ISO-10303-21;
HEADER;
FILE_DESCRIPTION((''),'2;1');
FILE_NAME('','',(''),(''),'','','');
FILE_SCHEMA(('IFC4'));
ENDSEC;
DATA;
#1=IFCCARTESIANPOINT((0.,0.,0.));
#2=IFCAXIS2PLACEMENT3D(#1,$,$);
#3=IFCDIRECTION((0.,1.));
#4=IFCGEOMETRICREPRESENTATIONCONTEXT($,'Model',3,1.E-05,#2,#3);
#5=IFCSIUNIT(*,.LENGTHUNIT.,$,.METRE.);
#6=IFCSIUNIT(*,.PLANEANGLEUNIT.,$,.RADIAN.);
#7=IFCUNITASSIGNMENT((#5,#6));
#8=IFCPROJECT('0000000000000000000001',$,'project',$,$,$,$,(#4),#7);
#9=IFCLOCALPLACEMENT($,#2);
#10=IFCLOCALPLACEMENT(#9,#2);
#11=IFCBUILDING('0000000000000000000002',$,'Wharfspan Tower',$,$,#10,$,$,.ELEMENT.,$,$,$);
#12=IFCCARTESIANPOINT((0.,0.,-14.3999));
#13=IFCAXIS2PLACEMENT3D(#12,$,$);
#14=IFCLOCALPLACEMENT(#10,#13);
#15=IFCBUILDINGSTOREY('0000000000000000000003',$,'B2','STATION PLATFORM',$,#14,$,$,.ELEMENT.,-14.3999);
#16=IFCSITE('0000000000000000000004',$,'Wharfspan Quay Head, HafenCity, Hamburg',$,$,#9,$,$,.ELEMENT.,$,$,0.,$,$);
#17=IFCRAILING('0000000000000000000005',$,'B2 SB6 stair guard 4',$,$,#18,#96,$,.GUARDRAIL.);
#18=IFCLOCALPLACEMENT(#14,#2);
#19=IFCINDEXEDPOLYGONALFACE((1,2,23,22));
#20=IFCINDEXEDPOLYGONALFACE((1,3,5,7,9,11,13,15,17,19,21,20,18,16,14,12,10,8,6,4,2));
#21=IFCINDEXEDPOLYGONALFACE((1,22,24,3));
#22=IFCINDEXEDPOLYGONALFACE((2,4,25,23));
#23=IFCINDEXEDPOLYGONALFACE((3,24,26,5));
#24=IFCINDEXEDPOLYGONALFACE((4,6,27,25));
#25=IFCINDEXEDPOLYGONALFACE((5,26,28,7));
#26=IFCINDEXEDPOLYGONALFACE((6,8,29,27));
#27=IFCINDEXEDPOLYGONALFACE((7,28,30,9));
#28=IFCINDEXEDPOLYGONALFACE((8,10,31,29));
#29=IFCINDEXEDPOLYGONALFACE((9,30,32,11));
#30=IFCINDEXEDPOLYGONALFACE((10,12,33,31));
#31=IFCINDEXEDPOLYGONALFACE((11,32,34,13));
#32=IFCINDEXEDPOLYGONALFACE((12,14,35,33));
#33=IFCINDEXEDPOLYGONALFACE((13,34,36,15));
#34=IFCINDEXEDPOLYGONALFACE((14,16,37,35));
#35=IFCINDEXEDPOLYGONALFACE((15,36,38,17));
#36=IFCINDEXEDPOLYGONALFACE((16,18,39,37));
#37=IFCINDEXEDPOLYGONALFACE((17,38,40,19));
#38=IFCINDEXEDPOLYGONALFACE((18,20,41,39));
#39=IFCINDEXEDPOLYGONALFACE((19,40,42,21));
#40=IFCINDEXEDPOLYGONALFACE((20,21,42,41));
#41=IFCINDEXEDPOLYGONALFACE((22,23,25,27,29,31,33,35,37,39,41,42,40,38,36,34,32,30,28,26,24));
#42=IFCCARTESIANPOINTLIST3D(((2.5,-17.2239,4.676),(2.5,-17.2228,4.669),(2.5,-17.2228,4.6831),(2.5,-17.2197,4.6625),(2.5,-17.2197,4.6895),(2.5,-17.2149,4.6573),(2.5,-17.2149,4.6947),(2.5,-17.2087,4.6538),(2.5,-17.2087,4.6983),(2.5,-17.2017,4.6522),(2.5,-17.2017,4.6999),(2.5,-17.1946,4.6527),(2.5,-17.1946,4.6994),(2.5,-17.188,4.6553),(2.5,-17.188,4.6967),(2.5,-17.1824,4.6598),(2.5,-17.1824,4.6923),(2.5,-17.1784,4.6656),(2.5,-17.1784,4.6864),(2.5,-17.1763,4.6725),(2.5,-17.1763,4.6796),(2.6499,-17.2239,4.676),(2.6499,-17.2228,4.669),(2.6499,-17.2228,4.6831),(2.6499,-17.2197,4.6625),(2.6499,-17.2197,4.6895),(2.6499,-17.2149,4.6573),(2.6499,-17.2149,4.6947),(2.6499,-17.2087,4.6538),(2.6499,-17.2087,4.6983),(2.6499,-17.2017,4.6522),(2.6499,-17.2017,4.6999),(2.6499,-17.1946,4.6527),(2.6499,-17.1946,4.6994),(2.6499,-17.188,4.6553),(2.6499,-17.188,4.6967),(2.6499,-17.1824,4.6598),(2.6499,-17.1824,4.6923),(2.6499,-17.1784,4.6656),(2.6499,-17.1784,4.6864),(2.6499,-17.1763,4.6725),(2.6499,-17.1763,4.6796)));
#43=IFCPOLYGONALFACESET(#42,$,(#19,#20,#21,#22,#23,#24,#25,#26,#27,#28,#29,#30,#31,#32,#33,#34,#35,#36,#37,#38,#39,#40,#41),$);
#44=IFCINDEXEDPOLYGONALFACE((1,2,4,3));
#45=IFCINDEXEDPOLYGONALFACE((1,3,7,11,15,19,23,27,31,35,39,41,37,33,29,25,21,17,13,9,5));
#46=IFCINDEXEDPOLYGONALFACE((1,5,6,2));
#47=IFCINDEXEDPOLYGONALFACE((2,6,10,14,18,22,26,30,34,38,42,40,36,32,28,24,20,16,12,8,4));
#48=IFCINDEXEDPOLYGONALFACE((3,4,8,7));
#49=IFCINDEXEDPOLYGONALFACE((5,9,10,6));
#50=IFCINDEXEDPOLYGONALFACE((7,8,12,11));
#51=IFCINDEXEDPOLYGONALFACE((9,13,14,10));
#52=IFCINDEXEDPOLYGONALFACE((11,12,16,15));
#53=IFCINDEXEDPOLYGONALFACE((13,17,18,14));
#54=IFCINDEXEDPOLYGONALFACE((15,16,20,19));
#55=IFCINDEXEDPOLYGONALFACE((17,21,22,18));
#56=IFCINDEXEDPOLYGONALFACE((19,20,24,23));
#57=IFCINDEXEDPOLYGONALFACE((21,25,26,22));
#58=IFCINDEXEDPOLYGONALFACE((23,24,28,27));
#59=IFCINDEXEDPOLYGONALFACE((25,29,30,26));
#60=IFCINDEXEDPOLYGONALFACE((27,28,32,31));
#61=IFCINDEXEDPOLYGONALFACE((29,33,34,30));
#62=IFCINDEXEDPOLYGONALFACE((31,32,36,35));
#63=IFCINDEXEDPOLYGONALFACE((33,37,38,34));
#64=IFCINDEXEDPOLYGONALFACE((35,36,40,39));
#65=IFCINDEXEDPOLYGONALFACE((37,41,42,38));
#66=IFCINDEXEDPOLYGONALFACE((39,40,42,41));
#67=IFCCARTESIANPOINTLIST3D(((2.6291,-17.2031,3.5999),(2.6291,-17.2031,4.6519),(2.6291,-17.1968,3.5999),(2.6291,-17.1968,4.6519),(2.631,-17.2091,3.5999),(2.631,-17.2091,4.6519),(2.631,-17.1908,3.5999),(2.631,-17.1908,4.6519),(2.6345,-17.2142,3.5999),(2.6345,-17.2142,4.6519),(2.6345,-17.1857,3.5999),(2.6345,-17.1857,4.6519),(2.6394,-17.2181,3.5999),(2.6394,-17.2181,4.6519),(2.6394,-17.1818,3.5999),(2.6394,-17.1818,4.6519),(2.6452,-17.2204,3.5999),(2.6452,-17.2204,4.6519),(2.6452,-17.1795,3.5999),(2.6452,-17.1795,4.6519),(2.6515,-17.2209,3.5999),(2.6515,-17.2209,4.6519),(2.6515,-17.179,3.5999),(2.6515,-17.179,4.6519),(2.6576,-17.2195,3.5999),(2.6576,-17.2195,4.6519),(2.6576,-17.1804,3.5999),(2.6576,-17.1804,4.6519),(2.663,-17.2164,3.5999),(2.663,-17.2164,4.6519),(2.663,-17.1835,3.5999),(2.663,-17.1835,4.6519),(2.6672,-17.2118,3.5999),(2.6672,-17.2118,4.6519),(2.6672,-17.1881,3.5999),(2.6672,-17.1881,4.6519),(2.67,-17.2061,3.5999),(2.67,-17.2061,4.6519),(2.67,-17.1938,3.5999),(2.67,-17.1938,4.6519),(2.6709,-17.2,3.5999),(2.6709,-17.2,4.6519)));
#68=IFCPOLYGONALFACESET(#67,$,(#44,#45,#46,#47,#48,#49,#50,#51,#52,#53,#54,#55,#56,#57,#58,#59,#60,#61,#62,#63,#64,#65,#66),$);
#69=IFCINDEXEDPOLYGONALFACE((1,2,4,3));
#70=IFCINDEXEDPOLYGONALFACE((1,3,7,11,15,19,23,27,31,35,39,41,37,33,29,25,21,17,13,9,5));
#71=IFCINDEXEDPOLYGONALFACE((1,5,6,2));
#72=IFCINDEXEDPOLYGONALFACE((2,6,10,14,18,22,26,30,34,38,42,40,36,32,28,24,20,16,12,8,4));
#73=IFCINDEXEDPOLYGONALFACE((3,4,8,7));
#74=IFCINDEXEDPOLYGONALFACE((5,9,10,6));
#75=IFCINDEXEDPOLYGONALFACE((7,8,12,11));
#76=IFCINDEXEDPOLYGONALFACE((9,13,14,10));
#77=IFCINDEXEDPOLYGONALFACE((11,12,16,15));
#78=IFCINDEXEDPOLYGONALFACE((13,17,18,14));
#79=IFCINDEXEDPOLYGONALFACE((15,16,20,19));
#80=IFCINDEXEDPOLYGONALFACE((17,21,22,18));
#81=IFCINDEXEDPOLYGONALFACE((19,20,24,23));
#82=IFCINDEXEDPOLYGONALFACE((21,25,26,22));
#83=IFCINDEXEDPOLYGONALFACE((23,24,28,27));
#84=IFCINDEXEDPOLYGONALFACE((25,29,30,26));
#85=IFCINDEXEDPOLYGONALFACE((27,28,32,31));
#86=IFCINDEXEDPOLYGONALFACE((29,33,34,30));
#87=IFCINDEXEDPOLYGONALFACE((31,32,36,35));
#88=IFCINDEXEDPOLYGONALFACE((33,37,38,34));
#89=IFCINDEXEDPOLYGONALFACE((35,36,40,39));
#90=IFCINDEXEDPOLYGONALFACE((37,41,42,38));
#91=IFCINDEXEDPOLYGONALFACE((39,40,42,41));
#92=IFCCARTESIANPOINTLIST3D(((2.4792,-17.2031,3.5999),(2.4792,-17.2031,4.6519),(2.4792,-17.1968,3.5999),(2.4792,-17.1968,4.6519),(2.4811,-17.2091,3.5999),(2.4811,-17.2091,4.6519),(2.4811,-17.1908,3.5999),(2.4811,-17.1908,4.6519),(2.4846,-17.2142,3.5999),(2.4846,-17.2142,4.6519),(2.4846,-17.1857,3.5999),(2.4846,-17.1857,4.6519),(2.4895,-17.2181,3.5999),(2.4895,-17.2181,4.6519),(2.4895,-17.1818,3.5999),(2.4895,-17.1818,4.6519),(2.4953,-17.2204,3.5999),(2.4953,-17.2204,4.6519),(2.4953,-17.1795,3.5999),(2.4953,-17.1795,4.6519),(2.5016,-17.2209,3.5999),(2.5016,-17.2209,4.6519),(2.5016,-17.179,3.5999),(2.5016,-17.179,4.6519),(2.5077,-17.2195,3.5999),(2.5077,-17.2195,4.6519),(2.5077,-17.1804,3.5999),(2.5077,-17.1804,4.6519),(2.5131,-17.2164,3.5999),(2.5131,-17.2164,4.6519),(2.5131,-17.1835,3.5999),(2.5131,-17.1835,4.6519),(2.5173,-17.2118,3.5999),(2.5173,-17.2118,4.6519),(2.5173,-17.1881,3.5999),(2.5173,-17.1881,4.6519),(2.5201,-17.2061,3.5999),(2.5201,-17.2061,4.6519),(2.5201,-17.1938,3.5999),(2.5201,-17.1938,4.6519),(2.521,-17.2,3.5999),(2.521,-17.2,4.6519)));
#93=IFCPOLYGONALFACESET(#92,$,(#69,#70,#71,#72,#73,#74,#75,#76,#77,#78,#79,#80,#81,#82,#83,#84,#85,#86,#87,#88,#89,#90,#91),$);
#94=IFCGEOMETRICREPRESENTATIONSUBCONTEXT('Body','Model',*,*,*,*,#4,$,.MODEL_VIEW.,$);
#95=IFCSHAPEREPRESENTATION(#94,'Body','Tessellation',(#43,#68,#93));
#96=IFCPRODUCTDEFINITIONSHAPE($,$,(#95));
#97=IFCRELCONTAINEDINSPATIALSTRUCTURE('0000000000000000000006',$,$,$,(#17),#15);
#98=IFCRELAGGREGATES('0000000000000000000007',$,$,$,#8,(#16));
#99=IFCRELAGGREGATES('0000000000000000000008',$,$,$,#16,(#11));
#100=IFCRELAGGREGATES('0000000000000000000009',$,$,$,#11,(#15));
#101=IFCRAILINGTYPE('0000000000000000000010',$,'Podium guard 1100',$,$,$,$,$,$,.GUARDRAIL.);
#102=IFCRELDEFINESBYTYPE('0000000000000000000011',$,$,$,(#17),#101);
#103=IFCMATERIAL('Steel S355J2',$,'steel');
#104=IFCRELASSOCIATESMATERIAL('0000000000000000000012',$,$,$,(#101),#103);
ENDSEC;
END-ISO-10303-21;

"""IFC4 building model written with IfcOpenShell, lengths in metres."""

from ifc_helpers import new_model, si_unit, direction, frame, origin, origin_2d, place, context, subcontext, project, spatial, circle, extrude, material, type_object, element, save


model = new_model("IFC4")

# Units and contexts
model_context = context("Model", 3, precision=1e-05, world=origin(), true_north=direction((0.0, 1.0)))
body_context = subcontext(model_context, "Body", "Model", "MODEL_VIEW")
ifc_project = project(units=[si_unit("LENGTHUNIT", "METRE"), si_unit("PLANEANGLEUNIT", "RADIAN")], contexts=[model_context])

# Site, building, storey
site_placement = place(None, origin())
site = spatial("IfcSite", under=ifc_project, at=site_placement, Name="Wharfspan Quay Head, HafenCity, Hamburg", CompositionType="ELEMENT", RefElevation=0.0)
building_placement = place(site_placement, origin())
building = spatial("IfcBuilding", under=site, at=building_placement, Name="Wharfspan Tower", CompositionType="ELEMENT")
storey_placement = place(building_placement, frame((0.0, 0.0, -14.3999)))
storey = spatial("IfcBuildingStorey", under=building, at=storey_placement, Name="B2", Description="STATION PLATFORM", CompositionType="ELEMENT", Elevation=-14.3999)

# Railing
ifc_material_1 = material(Name="Steel S355J2", Category="steel")
railing_type = type_object("IfcRailingType", Name="Podium guard 1100", PredefinedType="GUARDRAIL", material=ifc_material_1)
railing_1_placement = place(storey_placement, frame((2.6499, -17.2, 3.5999)))
element("IfcRailing", 1, at=railing_1_placement, inside=storey, type_object=railing_type, Name="B2 SB6 stair guard 4", PredefinedType="GUARDRAIL", context=body_context, shape_type="SweptSolid", body=[
    extrude(circle(Radius=0.0239, at=origin_2d()), frame((0.0, 0.0, 1.0762), z_axis=(-1.0, 0.0, 0.0), x_axis=(0.0, -1.0, 0.0)), (0.0, 0.0, 1.0), 0.1499),
    extrude(circle(Radius=0.021, at=origin_2d()), origin(), (0.0, 0.0, 1.0), 1.052),
    extrude(circle(Radius=0.021, at=origin_2d()), frame((-0.1499, 0.0, 0.0)), (0.0, 0.0, 1.0), 1.052),
])

save(model, "model.ifc")
